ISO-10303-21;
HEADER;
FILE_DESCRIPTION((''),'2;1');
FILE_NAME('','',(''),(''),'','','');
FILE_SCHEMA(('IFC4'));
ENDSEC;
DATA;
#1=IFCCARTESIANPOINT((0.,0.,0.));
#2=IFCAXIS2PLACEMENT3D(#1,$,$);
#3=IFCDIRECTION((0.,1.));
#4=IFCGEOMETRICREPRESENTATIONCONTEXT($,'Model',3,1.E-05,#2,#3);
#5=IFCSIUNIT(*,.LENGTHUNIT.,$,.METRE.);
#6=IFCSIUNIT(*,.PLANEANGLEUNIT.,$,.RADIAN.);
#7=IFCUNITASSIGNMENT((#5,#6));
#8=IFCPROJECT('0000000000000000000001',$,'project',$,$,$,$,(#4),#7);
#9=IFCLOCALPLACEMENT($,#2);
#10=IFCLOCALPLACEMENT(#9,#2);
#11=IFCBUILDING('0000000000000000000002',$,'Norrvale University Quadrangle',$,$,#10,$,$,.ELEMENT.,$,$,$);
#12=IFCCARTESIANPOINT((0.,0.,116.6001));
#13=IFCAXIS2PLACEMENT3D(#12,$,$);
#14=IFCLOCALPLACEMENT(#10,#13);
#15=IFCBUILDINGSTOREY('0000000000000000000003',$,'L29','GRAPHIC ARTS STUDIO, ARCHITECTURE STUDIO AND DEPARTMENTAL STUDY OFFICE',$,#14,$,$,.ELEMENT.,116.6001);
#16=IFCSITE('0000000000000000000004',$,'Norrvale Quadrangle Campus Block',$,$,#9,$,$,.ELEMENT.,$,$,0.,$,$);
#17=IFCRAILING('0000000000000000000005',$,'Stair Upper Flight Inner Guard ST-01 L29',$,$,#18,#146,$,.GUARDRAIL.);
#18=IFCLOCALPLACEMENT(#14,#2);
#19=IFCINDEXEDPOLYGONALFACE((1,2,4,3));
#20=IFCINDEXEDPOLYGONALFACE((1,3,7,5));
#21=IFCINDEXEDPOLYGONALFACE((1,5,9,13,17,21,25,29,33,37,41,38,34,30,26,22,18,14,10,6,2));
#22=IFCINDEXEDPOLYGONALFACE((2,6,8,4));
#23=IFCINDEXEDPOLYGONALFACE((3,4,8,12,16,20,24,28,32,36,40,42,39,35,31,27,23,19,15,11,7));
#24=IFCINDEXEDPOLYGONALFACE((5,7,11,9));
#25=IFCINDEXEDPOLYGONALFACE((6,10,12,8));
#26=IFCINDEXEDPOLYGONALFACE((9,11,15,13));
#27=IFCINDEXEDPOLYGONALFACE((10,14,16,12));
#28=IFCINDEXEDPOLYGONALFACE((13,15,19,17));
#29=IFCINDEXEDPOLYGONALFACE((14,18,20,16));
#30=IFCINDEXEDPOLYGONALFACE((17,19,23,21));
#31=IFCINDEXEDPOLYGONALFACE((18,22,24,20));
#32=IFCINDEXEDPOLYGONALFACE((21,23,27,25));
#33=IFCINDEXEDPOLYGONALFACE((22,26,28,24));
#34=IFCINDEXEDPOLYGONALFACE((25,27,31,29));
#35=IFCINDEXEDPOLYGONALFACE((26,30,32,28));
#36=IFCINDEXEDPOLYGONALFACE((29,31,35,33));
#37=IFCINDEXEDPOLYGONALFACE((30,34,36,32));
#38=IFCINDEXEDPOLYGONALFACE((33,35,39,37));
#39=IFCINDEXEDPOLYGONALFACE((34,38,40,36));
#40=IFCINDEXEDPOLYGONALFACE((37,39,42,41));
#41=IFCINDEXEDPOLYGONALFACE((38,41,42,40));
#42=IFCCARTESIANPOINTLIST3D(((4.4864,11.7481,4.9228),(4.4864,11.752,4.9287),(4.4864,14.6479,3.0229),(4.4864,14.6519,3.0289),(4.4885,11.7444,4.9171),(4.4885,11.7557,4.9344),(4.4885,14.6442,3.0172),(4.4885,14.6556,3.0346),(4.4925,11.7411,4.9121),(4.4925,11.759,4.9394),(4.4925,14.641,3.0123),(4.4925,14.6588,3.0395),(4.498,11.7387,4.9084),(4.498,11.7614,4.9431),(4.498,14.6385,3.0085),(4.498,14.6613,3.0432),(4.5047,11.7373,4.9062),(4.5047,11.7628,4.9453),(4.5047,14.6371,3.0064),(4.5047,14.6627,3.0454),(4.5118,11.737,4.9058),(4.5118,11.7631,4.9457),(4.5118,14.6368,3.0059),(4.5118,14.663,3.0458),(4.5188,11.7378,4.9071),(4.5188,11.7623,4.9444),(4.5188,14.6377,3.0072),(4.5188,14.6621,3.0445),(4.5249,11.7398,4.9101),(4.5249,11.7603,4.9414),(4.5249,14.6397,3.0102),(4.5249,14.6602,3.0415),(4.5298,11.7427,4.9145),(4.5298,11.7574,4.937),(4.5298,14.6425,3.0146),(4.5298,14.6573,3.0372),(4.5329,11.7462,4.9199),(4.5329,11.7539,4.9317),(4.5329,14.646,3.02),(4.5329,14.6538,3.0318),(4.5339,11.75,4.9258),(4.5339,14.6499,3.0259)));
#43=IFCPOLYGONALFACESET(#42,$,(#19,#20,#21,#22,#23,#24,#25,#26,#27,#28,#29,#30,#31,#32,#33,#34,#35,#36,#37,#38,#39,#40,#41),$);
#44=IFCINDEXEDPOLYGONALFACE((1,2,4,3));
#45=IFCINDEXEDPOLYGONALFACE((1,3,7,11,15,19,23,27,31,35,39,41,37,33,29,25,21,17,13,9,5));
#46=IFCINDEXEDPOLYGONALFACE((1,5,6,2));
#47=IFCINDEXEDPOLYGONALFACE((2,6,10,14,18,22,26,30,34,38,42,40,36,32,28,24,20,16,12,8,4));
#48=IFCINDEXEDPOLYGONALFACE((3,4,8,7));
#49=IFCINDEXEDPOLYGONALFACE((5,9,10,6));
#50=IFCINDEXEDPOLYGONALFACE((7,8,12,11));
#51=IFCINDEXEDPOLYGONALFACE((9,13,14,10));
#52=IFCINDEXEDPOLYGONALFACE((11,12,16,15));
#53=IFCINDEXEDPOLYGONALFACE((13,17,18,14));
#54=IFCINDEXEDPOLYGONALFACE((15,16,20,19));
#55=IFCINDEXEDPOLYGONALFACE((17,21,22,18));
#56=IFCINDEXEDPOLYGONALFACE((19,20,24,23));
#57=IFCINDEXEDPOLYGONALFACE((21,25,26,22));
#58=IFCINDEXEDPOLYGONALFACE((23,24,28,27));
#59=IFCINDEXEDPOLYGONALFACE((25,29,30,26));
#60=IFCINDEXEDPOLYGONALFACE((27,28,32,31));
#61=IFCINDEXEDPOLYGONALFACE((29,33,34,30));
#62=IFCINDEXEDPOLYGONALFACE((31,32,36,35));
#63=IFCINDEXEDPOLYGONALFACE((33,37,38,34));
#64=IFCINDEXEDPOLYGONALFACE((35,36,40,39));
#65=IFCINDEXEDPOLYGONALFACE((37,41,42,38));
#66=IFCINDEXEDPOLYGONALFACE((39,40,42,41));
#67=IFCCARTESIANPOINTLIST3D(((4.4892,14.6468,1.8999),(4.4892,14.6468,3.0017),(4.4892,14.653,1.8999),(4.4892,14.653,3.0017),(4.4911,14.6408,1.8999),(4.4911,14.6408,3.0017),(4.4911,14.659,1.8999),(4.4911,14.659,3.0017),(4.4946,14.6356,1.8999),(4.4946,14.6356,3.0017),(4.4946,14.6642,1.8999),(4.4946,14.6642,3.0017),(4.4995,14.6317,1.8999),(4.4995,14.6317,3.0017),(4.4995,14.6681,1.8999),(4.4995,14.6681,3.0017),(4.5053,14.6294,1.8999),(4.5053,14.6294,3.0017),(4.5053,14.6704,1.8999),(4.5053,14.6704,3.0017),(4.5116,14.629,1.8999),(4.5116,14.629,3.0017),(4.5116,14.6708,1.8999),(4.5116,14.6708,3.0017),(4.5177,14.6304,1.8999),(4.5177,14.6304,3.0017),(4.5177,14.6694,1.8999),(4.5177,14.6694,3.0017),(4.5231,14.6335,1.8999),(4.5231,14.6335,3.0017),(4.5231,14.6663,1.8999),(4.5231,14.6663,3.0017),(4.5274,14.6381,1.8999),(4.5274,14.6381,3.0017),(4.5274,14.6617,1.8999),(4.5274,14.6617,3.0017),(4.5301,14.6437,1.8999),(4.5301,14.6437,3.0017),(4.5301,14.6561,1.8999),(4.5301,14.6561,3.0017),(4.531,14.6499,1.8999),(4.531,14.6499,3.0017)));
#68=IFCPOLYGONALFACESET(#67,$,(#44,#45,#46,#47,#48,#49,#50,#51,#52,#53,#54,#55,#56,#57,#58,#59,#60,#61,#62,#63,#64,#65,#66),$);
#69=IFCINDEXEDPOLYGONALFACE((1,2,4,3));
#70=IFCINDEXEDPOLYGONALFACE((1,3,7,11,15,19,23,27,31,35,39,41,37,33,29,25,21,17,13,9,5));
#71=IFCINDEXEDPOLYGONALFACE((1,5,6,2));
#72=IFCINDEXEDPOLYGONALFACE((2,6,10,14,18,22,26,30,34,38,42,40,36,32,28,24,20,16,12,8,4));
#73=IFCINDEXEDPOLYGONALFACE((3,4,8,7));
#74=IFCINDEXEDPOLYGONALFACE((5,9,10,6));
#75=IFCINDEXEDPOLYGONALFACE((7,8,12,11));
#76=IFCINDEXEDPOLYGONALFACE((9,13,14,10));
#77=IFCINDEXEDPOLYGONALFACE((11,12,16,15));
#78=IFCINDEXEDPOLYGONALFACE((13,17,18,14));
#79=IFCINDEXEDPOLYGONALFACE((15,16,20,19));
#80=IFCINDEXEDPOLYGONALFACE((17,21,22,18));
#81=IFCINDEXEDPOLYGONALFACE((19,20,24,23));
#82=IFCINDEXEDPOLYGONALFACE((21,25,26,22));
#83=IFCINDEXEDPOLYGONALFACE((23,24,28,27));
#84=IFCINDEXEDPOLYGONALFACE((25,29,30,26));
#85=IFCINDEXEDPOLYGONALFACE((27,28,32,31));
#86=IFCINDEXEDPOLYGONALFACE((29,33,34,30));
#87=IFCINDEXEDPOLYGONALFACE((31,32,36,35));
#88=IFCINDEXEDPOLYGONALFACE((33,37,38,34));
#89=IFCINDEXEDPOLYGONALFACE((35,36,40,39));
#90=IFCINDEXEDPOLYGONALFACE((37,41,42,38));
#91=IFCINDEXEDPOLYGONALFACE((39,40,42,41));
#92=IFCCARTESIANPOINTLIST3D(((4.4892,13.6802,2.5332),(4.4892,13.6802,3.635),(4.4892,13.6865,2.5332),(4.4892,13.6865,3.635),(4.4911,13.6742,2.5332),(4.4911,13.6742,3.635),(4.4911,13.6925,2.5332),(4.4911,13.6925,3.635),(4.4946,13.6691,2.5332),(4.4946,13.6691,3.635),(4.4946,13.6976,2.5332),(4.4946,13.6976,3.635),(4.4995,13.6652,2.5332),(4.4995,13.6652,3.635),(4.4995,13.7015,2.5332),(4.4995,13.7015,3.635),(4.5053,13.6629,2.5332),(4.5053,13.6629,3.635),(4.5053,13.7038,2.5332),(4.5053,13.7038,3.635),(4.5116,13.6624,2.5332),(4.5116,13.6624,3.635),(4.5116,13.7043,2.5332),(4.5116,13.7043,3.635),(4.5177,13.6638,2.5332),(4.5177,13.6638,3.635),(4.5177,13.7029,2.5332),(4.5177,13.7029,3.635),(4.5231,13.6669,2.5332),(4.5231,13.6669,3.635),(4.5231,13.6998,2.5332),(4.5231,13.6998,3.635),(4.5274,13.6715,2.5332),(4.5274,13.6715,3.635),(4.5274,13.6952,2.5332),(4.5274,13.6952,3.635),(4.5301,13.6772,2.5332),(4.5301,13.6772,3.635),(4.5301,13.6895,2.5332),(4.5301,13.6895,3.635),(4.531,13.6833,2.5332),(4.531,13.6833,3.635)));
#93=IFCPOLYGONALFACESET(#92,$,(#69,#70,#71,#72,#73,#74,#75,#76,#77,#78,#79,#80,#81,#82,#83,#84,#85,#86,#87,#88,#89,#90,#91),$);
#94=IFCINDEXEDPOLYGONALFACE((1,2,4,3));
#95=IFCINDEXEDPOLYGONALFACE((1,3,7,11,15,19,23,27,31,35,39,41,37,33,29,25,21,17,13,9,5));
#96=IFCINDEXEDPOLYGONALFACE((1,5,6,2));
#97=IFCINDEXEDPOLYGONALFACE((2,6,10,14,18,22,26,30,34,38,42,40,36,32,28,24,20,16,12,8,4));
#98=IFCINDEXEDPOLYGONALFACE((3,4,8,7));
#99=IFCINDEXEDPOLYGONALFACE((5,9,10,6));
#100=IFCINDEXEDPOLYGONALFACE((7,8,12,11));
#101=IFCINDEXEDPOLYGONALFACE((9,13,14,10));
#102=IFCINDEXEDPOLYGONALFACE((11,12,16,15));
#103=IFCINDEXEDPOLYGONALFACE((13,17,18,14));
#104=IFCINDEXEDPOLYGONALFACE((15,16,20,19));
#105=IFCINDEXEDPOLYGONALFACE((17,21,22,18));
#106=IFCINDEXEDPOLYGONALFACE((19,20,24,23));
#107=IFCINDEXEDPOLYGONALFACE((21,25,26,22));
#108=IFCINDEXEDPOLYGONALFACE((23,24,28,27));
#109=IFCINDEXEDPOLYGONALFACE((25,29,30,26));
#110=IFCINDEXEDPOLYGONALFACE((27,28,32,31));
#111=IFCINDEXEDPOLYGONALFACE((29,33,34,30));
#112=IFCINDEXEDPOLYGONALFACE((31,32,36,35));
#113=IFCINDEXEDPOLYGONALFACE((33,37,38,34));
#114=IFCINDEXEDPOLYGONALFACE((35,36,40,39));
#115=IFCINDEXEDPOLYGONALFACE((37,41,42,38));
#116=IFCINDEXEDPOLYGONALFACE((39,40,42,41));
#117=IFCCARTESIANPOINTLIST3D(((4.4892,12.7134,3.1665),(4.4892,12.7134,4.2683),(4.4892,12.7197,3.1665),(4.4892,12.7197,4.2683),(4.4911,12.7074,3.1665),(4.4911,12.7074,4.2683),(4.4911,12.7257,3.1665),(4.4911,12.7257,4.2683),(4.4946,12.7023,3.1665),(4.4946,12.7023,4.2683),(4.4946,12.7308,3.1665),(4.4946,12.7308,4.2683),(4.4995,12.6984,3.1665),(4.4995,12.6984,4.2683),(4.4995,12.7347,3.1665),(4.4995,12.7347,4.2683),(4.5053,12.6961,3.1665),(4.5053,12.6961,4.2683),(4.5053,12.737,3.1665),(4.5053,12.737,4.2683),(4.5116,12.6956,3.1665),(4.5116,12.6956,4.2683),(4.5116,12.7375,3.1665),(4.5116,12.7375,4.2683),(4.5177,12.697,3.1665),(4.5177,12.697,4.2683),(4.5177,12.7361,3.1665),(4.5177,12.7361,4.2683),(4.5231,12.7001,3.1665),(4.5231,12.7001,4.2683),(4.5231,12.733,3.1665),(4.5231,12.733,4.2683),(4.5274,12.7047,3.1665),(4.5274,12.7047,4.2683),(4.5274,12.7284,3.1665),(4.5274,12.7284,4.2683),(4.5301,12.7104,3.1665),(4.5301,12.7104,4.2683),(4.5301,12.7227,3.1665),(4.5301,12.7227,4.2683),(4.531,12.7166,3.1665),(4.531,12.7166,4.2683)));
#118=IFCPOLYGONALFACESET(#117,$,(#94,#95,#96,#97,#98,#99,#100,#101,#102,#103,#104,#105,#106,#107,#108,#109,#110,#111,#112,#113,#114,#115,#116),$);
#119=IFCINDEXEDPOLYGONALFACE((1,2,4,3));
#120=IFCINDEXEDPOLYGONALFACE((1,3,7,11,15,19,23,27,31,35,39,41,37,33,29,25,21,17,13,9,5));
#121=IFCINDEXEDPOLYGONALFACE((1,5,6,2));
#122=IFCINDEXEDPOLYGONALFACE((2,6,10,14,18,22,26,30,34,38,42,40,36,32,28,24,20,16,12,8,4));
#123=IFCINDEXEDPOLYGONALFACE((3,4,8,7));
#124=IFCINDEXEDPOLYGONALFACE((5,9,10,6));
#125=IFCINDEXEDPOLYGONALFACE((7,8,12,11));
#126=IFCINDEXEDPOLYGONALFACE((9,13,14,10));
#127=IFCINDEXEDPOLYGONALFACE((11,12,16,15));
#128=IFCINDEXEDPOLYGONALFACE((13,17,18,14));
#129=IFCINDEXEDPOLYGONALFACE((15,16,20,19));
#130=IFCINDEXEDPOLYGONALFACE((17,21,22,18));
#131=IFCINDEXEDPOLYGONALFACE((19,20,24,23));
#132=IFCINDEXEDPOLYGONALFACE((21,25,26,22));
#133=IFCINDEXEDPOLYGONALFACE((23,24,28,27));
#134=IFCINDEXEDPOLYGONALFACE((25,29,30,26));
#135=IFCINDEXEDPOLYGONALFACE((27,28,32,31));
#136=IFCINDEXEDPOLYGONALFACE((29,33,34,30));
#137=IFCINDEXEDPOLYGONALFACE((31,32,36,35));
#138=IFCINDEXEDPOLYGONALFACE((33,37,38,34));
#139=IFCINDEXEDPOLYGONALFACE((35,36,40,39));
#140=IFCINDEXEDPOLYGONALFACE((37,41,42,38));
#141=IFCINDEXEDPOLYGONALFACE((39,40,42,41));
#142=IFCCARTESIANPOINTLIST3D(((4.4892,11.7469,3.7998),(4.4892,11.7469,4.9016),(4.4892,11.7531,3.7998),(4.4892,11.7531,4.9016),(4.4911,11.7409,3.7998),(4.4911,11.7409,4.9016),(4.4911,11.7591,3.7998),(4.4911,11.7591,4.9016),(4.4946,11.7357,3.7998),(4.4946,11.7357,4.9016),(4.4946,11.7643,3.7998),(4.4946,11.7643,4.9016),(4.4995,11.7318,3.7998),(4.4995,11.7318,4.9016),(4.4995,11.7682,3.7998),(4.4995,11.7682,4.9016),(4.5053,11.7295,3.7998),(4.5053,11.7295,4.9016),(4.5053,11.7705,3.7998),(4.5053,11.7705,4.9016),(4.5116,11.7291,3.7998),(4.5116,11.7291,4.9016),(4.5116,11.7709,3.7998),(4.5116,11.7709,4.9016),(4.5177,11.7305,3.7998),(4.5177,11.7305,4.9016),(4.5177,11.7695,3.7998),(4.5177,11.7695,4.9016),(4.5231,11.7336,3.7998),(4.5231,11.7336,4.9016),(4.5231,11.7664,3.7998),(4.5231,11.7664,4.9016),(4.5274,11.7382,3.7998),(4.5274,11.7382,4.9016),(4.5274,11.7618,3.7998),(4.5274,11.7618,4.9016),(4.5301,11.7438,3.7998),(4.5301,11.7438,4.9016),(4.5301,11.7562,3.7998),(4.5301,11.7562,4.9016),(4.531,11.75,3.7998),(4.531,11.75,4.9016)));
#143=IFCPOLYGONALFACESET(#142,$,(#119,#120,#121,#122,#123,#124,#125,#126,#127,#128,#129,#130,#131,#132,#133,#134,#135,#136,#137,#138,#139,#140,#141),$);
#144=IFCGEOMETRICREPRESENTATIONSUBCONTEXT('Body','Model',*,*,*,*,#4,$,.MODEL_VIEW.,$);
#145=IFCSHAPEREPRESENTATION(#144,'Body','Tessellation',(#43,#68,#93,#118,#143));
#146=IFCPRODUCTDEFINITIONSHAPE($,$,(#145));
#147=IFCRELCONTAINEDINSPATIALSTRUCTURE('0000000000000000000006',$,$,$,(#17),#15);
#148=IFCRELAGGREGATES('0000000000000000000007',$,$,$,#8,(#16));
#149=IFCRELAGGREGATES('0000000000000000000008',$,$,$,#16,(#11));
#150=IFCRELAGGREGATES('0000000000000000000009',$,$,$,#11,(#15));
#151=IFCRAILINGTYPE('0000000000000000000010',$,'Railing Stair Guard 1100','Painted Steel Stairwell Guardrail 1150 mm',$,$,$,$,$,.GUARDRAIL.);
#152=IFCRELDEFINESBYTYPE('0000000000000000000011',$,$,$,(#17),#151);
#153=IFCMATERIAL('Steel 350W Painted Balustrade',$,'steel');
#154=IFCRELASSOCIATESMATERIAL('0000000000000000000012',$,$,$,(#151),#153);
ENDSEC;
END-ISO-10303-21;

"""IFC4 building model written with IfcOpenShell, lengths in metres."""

from ifc_helpers import new_model, si_unit, direction, frame, origin, origin_2d, place, context, subcontext, project, spatial, circle, extrude, material, type_object, element, save


model = new_model("IFC4")

# Units and contexts
model_context = context("Model", 3, precision=1e-05, world=origin(), true_north=direction((0.0, 1.0)))
body_context = subcontext(model_context, "Body", "Model", "MODEL_VIEW")
ifc_project = project(units=[si_unit("LENGTHUNIT", "METRE"), si_unit("PLANEANGLEUNIT", "RADIAN")], contexts=[model_context])

# Site, building, storey
site_placement = place(None, origin())
site = spatial("IfcSite", under=ifc_project, at=site_placement, Name="Norrvale Quadrangle Campus Block", CompositionType="ELEMENT", RefElevation=0.0)
building_placement = place(site_placement, origin())
building = spatial("IfcBuilding", under=site, at=building_placement, Name="Norrvale University Quadrangle", CompositionType="ELEMENT")
storey_placement = place(building_placement, frame((0.0, 0.0, 116.6001)))
storey = spatial("IfcBuildingStorey", under=building, at=storey_placement, Name="L29", Description="GRAPHIC ARTS STUDIO, ARCHITECTURE STUDIO AND DEPARTMENTAL STUDY OFFICE", CompositionType="ELEMENT", Elevation=116.6001)

# Railing
ifc_material_1 = material(Name="Steel 350W Painted Balustrade", Category="steel")
railing_type_1 = type_object("IfcRailingType", Name="Railing Stair Guard 1100", Description="Painted Steel Stairwell Guardrail 1150 mm", PredefinedType="GUARDRAIL", material=ifc_material_1)
railing_1_placement = place(storey_placement, frame((4.51, 14.6499, 1.8999)))
element("IfcRailing", 1, at=railing_1_placement, inside=storey, type_object=railing_type_1, Name="Stair Upper Flight Inner Guard ST-01 L29", PredefinedType="GUARDRAIL", context=body_context, shape_type="SweptSolid", body=[
    extrude(circle(Radius=0.0239, at=origin_2d()), frame((0.0, 0.0, 1.126), z_axis=(0.0, -0.836466, 0.548019), x_axis=(1.0, 0.0, 0.0)), (0.0, 0.0, 1.0), 3.4668),
    extrude(circle(Radius=0.021, at=origin_2d()), origin(), (0.0, 0.0, 1.0), 1.1018),
    extrude(circle(Radius=0.021, at=origin_2d()), frame((0.0, -0.9666, 0.6333)), (0.0, 0.0, 1.0), 1.1018),
    extrude(circle(Radius=0.021, at=origin_2d()), frame((0.0, -1.9333, 1.2666)), (0.0, 0.0, 1.0), 1.1018),
    extrude(circle(Radius=0.021, at=origin_2d()), frame((0.0, -2.8999, 1.8999)), (0.0, 0.0, 1.0), 1.1018),
])

save(model, "model.ifc")
